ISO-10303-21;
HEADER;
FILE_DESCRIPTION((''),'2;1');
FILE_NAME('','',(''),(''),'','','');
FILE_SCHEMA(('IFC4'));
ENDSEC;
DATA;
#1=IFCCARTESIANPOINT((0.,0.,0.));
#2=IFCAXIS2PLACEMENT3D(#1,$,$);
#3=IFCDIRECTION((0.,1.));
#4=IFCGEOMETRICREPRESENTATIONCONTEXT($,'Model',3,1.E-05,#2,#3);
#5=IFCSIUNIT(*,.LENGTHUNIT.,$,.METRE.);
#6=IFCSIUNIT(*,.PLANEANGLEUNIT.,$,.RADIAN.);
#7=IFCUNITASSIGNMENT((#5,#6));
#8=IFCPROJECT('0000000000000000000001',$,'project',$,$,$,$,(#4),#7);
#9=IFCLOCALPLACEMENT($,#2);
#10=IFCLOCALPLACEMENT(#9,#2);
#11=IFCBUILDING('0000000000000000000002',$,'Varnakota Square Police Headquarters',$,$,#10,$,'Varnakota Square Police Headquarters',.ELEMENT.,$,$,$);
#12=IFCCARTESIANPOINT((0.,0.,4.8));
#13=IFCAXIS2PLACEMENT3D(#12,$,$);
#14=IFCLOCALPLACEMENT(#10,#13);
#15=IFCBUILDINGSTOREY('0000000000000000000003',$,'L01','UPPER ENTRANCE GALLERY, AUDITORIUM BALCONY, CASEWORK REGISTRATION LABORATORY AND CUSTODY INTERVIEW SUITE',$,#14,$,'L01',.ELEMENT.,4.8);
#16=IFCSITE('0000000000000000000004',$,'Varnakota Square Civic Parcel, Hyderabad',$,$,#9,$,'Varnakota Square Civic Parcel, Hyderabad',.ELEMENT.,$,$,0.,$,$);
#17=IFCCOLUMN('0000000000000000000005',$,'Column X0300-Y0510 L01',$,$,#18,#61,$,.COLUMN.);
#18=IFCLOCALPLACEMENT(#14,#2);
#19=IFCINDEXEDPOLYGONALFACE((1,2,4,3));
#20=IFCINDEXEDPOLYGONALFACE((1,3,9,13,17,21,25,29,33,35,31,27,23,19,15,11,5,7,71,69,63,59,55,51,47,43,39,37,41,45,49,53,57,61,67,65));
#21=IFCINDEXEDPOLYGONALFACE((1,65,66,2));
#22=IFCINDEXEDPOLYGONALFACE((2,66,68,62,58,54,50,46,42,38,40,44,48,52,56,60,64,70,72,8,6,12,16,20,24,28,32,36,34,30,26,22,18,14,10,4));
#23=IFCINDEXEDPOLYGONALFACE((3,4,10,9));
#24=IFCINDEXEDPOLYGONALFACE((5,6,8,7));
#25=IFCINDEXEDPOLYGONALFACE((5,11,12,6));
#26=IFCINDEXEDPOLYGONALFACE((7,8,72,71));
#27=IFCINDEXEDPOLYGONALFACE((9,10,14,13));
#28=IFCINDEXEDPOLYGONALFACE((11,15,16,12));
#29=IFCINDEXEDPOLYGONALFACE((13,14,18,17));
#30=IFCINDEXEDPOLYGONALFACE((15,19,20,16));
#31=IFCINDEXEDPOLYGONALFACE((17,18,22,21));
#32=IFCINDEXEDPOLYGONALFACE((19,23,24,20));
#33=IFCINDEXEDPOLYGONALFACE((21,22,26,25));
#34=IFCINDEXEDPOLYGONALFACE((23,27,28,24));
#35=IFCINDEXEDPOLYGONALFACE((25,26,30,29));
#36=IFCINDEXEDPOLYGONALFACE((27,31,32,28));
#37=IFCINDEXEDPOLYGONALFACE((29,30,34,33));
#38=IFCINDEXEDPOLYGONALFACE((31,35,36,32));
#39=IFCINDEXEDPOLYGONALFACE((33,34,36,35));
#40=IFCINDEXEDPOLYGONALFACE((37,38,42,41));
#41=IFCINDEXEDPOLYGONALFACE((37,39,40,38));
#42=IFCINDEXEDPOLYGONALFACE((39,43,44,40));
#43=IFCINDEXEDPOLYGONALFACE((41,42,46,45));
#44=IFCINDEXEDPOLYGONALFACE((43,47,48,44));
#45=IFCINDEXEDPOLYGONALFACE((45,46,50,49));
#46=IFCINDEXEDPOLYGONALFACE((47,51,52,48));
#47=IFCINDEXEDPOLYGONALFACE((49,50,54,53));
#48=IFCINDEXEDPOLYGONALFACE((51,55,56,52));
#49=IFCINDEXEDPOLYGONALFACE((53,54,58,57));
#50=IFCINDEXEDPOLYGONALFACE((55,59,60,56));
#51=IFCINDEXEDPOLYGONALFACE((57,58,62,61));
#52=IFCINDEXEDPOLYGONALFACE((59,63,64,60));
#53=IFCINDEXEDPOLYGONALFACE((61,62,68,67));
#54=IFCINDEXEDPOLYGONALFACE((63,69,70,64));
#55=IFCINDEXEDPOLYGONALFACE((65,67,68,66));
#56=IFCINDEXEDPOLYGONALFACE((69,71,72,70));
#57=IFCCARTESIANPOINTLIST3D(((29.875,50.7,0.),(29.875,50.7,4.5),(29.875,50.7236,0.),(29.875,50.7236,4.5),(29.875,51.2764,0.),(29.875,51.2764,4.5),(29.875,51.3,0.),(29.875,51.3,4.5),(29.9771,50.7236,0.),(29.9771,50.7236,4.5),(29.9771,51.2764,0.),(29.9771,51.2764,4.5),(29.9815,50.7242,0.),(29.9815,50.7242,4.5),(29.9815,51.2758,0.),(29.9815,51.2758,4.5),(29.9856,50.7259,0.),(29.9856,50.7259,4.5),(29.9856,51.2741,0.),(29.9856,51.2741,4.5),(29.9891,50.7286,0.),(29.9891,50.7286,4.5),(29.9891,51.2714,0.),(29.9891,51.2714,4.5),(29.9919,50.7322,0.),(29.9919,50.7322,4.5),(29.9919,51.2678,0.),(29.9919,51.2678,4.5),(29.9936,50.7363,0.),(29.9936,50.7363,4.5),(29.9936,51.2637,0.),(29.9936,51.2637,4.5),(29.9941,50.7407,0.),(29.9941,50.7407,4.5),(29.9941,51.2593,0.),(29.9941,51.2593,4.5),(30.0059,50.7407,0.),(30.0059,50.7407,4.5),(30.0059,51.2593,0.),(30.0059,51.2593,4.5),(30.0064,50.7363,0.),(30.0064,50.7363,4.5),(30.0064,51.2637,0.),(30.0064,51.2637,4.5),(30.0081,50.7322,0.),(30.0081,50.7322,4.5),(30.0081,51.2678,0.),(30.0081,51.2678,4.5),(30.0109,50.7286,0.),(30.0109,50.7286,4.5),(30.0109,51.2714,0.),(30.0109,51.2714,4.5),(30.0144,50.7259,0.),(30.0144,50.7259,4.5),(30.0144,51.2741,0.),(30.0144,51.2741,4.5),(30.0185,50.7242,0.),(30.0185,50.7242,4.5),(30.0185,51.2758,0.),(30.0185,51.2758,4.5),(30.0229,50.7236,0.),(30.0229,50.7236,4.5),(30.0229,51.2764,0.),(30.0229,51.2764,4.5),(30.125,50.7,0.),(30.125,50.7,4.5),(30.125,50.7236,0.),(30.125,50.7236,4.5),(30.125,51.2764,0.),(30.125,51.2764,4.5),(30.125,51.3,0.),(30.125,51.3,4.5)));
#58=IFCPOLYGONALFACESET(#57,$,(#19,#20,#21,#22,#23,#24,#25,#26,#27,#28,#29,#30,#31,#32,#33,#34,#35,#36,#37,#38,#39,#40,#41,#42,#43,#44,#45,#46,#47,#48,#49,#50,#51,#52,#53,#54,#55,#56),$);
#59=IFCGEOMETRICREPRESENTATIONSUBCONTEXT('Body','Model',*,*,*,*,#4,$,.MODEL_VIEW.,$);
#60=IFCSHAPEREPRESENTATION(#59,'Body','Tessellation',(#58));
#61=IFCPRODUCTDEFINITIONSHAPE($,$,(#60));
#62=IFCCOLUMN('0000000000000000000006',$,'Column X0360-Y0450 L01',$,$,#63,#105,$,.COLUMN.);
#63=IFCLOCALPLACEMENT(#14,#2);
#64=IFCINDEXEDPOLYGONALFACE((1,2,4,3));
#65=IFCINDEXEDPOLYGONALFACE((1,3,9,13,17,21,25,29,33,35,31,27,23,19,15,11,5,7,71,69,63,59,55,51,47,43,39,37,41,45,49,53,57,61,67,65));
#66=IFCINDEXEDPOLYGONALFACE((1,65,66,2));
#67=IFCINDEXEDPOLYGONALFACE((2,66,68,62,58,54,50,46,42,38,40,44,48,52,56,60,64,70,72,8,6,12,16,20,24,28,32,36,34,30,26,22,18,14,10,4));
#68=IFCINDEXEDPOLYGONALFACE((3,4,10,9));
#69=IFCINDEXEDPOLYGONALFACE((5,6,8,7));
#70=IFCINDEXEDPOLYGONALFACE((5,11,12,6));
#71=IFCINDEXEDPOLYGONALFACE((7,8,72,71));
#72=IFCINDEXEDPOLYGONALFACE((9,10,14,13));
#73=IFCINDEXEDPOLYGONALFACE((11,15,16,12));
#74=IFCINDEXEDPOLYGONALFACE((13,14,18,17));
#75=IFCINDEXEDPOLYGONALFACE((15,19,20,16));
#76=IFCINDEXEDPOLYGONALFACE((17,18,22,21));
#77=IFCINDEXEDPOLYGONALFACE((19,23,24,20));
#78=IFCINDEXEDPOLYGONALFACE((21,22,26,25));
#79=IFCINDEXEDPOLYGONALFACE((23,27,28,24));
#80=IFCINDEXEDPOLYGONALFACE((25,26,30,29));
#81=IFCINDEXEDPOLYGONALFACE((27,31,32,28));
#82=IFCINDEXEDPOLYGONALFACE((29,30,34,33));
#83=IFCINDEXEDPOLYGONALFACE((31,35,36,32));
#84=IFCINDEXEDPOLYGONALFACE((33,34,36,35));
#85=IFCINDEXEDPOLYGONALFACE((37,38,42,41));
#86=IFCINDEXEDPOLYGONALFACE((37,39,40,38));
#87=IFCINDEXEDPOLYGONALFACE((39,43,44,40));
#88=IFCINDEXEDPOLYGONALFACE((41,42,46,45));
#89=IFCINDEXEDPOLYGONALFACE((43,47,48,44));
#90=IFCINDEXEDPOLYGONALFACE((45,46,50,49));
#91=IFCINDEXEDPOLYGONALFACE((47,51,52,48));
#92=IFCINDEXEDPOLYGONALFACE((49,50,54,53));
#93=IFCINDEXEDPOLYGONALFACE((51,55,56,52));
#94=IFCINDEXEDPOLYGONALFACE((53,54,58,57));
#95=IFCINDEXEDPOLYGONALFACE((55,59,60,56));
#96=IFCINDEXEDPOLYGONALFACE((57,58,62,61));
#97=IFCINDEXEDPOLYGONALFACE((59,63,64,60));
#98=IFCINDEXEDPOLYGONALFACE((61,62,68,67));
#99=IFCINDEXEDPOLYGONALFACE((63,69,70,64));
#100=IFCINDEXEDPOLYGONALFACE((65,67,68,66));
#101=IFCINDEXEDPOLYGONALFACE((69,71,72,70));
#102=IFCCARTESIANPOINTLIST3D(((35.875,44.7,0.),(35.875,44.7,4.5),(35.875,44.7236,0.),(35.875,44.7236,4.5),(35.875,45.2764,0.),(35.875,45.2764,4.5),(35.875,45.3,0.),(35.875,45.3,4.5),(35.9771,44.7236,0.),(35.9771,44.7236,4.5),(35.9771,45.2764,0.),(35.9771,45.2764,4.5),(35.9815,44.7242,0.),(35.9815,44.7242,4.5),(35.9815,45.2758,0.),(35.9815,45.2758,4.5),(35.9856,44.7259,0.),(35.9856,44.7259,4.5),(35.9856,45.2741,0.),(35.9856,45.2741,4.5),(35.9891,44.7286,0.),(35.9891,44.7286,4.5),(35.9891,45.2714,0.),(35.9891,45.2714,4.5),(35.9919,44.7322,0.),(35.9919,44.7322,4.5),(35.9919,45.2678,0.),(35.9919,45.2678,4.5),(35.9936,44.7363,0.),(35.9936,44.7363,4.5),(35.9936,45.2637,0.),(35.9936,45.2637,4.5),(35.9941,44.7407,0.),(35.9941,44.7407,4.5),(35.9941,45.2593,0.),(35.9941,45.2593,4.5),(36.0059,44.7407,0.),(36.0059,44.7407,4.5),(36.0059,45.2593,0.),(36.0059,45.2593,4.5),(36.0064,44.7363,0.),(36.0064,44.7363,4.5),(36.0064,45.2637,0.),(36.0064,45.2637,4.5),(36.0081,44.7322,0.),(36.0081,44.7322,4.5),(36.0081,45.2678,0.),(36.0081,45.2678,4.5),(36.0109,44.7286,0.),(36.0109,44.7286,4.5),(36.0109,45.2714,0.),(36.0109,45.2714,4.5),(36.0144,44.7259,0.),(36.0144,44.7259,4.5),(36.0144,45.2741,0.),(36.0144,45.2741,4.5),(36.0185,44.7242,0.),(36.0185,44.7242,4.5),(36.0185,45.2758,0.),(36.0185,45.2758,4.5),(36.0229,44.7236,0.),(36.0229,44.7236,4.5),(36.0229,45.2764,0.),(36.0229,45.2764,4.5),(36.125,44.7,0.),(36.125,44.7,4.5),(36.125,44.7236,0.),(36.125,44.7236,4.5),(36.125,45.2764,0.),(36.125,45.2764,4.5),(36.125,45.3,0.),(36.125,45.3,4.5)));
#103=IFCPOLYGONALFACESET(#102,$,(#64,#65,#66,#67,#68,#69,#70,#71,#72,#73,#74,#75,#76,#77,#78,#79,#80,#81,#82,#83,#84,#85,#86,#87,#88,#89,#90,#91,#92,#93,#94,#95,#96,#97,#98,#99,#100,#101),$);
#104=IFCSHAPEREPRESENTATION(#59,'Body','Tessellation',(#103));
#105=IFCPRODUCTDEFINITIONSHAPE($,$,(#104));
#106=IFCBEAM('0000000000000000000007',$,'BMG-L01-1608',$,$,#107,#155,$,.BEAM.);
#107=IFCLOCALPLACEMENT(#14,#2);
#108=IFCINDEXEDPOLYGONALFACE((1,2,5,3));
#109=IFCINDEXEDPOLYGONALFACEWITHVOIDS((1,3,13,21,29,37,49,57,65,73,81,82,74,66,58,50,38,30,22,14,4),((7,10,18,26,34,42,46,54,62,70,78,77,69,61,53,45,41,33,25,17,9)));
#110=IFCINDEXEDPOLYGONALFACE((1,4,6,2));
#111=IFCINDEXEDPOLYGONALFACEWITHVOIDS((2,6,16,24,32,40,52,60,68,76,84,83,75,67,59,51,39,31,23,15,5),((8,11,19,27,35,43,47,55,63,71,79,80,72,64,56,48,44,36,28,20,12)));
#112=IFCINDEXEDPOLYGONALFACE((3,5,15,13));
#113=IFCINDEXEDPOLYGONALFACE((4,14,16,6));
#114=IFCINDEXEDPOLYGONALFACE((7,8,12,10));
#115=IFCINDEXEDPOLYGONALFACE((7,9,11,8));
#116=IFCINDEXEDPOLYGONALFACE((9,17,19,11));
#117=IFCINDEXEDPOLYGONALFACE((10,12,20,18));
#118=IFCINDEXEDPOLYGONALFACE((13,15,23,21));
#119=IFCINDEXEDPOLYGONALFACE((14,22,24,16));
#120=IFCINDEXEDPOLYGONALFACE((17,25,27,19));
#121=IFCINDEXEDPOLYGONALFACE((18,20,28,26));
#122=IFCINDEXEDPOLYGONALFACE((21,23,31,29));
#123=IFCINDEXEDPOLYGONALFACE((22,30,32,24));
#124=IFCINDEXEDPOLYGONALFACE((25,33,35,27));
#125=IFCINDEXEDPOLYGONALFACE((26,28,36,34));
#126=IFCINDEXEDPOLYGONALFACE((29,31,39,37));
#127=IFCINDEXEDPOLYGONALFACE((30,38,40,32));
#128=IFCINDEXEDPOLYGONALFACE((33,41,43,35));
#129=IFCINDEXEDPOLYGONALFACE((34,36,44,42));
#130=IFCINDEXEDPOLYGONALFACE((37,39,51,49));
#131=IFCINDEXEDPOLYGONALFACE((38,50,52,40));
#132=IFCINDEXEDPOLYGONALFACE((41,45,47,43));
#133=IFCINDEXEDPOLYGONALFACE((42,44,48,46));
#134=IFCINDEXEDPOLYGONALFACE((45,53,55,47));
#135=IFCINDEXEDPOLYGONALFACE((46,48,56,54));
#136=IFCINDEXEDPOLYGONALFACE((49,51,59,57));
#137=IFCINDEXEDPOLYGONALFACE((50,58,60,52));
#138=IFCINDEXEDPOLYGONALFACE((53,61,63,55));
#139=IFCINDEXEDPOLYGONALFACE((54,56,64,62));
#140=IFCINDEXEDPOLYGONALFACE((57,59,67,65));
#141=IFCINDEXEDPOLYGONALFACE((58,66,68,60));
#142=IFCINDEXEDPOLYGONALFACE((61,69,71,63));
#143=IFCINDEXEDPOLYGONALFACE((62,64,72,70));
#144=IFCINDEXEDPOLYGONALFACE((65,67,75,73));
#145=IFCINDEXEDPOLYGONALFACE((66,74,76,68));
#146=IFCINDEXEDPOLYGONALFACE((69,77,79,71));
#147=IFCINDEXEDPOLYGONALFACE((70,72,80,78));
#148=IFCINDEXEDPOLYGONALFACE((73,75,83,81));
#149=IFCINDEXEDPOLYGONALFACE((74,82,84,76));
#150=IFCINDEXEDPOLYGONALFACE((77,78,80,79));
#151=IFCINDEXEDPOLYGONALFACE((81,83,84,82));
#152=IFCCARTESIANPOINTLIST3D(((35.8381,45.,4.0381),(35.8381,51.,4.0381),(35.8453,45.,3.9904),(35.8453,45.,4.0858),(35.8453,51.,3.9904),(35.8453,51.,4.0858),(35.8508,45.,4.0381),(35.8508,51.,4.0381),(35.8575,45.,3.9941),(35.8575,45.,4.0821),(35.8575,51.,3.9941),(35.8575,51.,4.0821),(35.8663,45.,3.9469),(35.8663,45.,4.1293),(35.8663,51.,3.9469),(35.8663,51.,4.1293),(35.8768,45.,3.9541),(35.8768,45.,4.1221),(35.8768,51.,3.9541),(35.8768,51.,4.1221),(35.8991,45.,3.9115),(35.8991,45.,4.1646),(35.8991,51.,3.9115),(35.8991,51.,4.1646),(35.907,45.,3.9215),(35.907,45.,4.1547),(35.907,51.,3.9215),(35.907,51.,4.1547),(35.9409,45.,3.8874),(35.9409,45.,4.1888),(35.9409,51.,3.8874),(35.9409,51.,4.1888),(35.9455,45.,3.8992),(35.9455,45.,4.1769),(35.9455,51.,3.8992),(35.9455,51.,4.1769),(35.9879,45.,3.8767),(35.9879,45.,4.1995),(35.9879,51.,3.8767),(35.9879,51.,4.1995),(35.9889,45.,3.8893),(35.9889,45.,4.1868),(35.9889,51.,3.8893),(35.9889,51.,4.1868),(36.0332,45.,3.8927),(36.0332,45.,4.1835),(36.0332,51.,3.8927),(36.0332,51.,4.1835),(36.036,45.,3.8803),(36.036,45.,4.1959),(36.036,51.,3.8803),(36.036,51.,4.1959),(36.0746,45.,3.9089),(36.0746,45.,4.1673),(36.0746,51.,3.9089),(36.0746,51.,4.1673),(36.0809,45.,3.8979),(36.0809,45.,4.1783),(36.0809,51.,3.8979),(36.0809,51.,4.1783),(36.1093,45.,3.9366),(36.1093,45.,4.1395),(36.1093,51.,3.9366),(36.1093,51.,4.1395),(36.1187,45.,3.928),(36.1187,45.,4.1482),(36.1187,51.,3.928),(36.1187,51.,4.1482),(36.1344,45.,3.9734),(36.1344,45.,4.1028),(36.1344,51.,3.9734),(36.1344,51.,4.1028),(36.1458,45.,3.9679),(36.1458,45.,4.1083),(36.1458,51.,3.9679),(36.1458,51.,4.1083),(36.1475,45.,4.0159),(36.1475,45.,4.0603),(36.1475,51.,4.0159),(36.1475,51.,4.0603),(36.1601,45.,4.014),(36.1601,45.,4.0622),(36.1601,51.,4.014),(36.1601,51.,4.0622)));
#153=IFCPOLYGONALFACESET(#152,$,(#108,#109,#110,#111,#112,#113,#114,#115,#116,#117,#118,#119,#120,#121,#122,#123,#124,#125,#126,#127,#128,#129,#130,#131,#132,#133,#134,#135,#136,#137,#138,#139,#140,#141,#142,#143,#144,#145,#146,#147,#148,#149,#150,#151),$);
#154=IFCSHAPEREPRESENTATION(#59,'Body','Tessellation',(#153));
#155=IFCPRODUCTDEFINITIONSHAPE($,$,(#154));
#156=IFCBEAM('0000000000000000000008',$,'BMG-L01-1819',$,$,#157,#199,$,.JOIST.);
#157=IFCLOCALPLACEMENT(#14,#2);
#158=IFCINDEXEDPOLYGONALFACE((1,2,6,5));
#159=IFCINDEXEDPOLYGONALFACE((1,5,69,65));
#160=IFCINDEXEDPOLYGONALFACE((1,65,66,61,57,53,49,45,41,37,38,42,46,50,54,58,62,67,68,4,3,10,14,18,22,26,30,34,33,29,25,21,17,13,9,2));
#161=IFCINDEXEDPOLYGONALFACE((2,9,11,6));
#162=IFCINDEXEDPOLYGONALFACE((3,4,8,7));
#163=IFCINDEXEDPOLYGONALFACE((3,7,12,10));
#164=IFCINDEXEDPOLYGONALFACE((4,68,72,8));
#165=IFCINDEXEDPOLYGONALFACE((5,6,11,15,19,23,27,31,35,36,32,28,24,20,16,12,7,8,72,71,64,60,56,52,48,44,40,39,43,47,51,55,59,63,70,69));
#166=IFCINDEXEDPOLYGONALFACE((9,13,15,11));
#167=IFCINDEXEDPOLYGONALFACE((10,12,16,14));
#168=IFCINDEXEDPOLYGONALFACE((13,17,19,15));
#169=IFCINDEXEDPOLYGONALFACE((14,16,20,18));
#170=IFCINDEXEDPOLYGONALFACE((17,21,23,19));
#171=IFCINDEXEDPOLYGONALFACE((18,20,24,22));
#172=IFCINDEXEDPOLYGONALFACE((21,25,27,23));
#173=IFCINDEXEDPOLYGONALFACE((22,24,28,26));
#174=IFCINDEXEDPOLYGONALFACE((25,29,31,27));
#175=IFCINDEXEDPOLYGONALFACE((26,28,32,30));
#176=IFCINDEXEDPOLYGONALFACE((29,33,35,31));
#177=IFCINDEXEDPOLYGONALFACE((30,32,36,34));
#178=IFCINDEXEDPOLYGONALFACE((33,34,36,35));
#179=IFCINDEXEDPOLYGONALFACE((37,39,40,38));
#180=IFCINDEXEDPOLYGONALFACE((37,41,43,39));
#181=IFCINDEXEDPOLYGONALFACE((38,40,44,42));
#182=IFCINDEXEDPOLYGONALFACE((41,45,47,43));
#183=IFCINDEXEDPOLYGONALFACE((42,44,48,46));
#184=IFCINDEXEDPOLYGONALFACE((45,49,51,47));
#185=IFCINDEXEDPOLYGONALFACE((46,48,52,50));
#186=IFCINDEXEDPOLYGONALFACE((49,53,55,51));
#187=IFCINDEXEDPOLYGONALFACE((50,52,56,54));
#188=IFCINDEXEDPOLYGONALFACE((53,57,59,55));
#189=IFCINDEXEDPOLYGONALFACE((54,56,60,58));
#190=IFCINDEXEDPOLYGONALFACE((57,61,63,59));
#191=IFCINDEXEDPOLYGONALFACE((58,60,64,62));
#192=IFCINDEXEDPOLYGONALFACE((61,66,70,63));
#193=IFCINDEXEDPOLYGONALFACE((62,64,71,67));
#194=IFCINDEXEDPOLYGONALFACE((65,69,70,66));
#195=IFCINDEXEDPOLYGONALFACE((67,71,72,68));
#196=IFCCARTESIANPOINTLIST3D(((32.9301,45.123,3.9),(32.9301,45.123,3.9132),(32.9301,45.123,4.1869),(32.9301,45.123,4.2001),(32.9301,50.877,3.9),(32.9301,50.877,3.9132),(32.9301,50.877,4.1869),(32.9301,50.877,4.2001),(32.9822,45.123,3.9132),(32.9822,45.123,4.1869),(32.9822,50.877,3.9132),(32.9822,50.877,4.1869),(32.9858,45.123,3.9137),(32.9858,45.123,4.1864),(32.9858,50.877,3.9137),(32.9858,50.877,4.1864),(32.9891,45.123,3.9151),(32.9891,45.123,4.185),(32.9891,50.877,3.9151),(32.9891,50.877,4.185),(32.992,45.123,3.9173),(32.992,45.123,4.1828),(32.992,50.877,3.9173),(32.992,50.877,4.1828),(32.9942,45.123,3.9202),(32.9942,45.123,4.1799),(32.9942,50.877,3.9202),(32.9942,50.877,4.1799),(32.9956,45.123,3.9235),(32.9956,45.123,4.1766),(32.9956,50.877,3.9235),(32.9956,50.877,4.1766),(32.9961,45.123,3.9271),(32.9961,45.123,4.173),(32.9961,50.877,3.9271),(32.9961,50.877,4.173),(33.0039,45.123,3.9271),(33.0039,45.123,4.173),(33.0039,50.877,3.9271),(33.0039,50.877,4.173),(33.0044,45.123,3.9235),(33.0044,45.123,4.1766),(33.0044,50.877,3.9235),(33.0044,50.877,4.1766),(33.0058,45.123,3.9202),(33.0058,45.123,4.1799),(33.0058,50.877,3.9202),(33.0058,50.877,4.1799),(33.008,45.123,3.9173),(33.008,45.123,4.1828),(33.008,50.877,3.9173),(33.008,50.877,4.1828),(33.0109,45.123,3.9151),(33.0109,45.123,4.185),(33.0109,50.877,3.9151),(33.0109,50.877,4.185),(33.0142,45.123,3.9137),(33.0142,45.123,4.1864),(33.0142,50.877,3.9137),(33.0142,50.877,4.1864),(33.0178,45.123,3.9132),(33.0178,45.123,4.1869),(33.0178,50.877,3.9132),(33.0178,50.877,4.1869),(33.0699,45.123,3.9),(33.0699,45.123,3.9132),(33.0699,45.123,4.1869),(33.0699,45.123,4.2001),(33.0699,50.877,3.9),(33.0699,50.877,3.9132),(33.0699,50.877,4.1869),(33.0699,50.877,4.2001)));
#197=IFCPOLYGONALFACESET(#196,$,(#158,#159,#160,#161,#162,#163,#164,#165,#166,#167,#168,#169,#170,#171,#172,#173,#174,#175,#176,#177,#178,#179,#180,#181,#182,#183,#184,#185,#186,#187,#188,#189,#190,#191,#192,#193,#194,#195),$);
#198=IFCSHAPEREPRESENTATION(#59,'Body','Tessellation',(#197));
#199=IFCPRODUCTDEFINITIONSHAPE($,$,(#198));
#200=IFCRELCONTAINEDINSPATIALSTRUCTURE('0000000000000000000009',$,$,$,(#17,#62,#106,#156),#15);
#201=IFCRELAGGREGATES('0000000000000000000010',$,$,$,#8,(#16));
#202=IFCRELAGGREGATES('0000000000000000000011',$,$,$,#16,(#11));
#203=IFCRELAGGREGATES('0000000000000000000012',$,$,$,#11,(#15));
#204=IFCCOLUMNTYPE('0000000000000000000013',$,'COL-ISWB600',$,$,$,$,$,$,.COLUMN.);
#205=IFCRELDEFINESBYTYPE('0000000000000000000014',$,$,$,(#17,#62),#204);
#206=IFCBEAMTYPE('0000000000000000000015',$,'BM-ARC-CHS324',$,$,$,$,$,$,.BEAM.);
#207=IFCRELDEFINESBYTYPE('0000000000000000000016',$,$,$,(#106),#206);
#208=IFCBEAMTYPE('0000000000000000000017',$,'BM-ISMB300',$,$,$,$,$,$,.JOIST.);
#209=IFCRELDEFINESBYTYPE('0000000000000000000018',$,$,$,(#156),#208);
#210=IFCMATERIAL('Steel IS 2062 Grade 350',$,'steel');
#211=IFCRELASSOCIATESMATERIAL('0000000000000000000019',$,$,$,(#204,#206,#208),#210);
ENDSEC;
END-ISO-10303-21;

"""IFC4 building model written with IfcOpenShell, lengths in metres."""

from ifc_helpers import new_model, si_unit, direction, frame, origin, origin_2d, place, context, subcontext, project, spatial, hollow_circle, i_section, extrude, material, material_profile, profile_set, type_object, element, save


model = new_model("IFC4")

# Units and contexts
model_context = context("Model", 3, precision=1e-05, world=origin(), true_north=direction((0.0, 1.0)))
body_context = subcontext(model_context, "Body", "Model", "MODEL_VIEW")
ifc_project = project(units=[si_unit("LENGTHUNIT", "METRE"), si_unit("PLANEANGLEUNIT", "RADIAN")], contexts=[model_context])

# Site, building, storey
site_placement = place(None, origin())
site = spatial("IfcSite", under=ifc_project, at=site_placement, Name="Varnakota Square Civic Parcel, Hyderabad", LongName="Varnakota Square Civic Parcel, Hyderabad", CompositionType="ELEMENT", RefElevation=0.0)
building_placement = place(site_placement, origin())
building = spatial("IfcBuilding", under=site, at=building_placement, Name="Varnakota Square Police Headquarters", LongName="Varnakota Square Police Headquarters", CompositionType="ELEMENT")
storey_placement = place(building_placement, frame((0.0, 0.0, 4.8)))
storey = spatial("IfcBuildingStorey", under=building, at=storey_placement, Name="L01", Description="UPPER ENTRANCE GALLERY, AUDITORIUM BALCONY, CASEWORK REGISTRATION LABORATORY AND CUSTODY INTERVIEW SUITE", LongName="L01", CompositionType="ELEMENT", Elevation=4.8)

# Columns
ifc_material_1 = material(Name="Steel IS 2062 Grade 350", Category="steel")
ifc_material_profile_1 = material_profile(ifc_material_1, i_section(OverallWidth=0.25, OverallDepth=0.6001, WebThickness=0.0117, FlangeThickness=0.0237, FilletRadius=0.0171, at=origin_2d()), Name="ISWB 600")
ifc_profile_set_1 = profile_set([ifc_material_profile_1], Name="Steel IS 2062 Grade 350")
column_type = type_object("IfcColumnType", Name="COL-ISWB600", PredefinedType="COLUMN", material=ifc_profile_set_1)
for number, where, z_axis, x_axis, name in (
    (1, (30.0, 51.0, 0.0), (0.0, 0.0, 1.0), (1.0, 0.0, 0.0), "Column X0300-Y0510 L01"),
    (2, (36.0, 45.0, 0.0), (0.0, 0.0, 1.0), (1.0, 0.0, 0.0), "Column X0360-Y0450 L01"),
):
    element("IfcColumn", number, at=place(storey_placement, frame(where, z_axis=z_axis, x_axis=x_axis)), inside=storey, type_object=column_type, Name=name, PredefinedType="COLUMN", context=body_context, shape_type="SweptSolid", body=[
        extrude(i_section(OverallWidth=0.25, OverallDepth=0.6001, WebThickness=0.0117, FlangeThickness=0.0237, FilletRadius=0.0171, at=origin_2d()), origin(), (0.0, 0.0, 1.0), 4.5),
    ])

# Beams
ifc_material_profile_2 = material_profile(ifc_material_1, hollow_circle(Radius=0.1619, WallThickness=0.0127, at=origin_2d()), Name="CHS 323.9x12.7")
ifc_profile_set_2 = profile_set([ifc_material_profile_2], Name="Steel IS 2062 Grade 350")
beam_type_1 = type_object("IfcBeamType", Name="BM-ARC-CHS324", PredefinedType="BEAM", material=ifc_profile_set_2)
beam_1_placement = place(storey_placement, frame((36.0, 45.0, 4.0381), z_axis=(0.0, 1.0, 0.0), x_axis=(-1.0, 0.0, 0.0)))
element("IfcBeam", 3, at=beam_1_placement, inside=storey, type_object=beam_type_1, Name="BMG-L01-1608", PredefinedType="BEAM", context=body_context, shape_type="SweptSolid", body=[
    extrude(hollow_circle(Radius=0.1619, WallThickness=0.0127, at=origin_2d()), origin(), (0.0, 0.0, 1.0), 6.0),
])
ifc_material_profile_3 = material_profile(ifc_material_1, i_section(OverallWidth=0.1399, OverallDepth=0.3, WebThickness=0.0078, FlangeThickness=0.0132, FilletRadius=0.0139, at=origin_2d()), Name="ISMB 300")
ifc_profile_set_3 = profile_set([ifc_material_profile_3], Name="Steel IS 2062 Grade 350")
beam_type_2 = type_object("IfcBeamType", Name="BM-ISMB300", PredefinedType="JOIST", material=ifc_profile_set_3)
beam_2_placement = place(storey_placement, frame((33.0, 45.123, 4.05), z_axis=(0.0, 1.0, 0.0), x_axis=(-1.0, 0.0, 0.0)))
element("IfcBeam", 4, at=beam_2_placement, inside=storey, type_object=beam_type_2, Name="BMG-L01-1819", PredefinedType="JOIST", context=body_context, shape_type="SweptSolid", body=[
    extrude(i_section(OverallWidth=0.1399, OverallDepth=0.3, WebThickness=0.0078, FlangeThickness=0.0132, FilletRadius=0.0139, at=origin_2d()), origin(), (0.0, 0.0, 1.0), 5.7539),
])

save(model, "model.ifc")
